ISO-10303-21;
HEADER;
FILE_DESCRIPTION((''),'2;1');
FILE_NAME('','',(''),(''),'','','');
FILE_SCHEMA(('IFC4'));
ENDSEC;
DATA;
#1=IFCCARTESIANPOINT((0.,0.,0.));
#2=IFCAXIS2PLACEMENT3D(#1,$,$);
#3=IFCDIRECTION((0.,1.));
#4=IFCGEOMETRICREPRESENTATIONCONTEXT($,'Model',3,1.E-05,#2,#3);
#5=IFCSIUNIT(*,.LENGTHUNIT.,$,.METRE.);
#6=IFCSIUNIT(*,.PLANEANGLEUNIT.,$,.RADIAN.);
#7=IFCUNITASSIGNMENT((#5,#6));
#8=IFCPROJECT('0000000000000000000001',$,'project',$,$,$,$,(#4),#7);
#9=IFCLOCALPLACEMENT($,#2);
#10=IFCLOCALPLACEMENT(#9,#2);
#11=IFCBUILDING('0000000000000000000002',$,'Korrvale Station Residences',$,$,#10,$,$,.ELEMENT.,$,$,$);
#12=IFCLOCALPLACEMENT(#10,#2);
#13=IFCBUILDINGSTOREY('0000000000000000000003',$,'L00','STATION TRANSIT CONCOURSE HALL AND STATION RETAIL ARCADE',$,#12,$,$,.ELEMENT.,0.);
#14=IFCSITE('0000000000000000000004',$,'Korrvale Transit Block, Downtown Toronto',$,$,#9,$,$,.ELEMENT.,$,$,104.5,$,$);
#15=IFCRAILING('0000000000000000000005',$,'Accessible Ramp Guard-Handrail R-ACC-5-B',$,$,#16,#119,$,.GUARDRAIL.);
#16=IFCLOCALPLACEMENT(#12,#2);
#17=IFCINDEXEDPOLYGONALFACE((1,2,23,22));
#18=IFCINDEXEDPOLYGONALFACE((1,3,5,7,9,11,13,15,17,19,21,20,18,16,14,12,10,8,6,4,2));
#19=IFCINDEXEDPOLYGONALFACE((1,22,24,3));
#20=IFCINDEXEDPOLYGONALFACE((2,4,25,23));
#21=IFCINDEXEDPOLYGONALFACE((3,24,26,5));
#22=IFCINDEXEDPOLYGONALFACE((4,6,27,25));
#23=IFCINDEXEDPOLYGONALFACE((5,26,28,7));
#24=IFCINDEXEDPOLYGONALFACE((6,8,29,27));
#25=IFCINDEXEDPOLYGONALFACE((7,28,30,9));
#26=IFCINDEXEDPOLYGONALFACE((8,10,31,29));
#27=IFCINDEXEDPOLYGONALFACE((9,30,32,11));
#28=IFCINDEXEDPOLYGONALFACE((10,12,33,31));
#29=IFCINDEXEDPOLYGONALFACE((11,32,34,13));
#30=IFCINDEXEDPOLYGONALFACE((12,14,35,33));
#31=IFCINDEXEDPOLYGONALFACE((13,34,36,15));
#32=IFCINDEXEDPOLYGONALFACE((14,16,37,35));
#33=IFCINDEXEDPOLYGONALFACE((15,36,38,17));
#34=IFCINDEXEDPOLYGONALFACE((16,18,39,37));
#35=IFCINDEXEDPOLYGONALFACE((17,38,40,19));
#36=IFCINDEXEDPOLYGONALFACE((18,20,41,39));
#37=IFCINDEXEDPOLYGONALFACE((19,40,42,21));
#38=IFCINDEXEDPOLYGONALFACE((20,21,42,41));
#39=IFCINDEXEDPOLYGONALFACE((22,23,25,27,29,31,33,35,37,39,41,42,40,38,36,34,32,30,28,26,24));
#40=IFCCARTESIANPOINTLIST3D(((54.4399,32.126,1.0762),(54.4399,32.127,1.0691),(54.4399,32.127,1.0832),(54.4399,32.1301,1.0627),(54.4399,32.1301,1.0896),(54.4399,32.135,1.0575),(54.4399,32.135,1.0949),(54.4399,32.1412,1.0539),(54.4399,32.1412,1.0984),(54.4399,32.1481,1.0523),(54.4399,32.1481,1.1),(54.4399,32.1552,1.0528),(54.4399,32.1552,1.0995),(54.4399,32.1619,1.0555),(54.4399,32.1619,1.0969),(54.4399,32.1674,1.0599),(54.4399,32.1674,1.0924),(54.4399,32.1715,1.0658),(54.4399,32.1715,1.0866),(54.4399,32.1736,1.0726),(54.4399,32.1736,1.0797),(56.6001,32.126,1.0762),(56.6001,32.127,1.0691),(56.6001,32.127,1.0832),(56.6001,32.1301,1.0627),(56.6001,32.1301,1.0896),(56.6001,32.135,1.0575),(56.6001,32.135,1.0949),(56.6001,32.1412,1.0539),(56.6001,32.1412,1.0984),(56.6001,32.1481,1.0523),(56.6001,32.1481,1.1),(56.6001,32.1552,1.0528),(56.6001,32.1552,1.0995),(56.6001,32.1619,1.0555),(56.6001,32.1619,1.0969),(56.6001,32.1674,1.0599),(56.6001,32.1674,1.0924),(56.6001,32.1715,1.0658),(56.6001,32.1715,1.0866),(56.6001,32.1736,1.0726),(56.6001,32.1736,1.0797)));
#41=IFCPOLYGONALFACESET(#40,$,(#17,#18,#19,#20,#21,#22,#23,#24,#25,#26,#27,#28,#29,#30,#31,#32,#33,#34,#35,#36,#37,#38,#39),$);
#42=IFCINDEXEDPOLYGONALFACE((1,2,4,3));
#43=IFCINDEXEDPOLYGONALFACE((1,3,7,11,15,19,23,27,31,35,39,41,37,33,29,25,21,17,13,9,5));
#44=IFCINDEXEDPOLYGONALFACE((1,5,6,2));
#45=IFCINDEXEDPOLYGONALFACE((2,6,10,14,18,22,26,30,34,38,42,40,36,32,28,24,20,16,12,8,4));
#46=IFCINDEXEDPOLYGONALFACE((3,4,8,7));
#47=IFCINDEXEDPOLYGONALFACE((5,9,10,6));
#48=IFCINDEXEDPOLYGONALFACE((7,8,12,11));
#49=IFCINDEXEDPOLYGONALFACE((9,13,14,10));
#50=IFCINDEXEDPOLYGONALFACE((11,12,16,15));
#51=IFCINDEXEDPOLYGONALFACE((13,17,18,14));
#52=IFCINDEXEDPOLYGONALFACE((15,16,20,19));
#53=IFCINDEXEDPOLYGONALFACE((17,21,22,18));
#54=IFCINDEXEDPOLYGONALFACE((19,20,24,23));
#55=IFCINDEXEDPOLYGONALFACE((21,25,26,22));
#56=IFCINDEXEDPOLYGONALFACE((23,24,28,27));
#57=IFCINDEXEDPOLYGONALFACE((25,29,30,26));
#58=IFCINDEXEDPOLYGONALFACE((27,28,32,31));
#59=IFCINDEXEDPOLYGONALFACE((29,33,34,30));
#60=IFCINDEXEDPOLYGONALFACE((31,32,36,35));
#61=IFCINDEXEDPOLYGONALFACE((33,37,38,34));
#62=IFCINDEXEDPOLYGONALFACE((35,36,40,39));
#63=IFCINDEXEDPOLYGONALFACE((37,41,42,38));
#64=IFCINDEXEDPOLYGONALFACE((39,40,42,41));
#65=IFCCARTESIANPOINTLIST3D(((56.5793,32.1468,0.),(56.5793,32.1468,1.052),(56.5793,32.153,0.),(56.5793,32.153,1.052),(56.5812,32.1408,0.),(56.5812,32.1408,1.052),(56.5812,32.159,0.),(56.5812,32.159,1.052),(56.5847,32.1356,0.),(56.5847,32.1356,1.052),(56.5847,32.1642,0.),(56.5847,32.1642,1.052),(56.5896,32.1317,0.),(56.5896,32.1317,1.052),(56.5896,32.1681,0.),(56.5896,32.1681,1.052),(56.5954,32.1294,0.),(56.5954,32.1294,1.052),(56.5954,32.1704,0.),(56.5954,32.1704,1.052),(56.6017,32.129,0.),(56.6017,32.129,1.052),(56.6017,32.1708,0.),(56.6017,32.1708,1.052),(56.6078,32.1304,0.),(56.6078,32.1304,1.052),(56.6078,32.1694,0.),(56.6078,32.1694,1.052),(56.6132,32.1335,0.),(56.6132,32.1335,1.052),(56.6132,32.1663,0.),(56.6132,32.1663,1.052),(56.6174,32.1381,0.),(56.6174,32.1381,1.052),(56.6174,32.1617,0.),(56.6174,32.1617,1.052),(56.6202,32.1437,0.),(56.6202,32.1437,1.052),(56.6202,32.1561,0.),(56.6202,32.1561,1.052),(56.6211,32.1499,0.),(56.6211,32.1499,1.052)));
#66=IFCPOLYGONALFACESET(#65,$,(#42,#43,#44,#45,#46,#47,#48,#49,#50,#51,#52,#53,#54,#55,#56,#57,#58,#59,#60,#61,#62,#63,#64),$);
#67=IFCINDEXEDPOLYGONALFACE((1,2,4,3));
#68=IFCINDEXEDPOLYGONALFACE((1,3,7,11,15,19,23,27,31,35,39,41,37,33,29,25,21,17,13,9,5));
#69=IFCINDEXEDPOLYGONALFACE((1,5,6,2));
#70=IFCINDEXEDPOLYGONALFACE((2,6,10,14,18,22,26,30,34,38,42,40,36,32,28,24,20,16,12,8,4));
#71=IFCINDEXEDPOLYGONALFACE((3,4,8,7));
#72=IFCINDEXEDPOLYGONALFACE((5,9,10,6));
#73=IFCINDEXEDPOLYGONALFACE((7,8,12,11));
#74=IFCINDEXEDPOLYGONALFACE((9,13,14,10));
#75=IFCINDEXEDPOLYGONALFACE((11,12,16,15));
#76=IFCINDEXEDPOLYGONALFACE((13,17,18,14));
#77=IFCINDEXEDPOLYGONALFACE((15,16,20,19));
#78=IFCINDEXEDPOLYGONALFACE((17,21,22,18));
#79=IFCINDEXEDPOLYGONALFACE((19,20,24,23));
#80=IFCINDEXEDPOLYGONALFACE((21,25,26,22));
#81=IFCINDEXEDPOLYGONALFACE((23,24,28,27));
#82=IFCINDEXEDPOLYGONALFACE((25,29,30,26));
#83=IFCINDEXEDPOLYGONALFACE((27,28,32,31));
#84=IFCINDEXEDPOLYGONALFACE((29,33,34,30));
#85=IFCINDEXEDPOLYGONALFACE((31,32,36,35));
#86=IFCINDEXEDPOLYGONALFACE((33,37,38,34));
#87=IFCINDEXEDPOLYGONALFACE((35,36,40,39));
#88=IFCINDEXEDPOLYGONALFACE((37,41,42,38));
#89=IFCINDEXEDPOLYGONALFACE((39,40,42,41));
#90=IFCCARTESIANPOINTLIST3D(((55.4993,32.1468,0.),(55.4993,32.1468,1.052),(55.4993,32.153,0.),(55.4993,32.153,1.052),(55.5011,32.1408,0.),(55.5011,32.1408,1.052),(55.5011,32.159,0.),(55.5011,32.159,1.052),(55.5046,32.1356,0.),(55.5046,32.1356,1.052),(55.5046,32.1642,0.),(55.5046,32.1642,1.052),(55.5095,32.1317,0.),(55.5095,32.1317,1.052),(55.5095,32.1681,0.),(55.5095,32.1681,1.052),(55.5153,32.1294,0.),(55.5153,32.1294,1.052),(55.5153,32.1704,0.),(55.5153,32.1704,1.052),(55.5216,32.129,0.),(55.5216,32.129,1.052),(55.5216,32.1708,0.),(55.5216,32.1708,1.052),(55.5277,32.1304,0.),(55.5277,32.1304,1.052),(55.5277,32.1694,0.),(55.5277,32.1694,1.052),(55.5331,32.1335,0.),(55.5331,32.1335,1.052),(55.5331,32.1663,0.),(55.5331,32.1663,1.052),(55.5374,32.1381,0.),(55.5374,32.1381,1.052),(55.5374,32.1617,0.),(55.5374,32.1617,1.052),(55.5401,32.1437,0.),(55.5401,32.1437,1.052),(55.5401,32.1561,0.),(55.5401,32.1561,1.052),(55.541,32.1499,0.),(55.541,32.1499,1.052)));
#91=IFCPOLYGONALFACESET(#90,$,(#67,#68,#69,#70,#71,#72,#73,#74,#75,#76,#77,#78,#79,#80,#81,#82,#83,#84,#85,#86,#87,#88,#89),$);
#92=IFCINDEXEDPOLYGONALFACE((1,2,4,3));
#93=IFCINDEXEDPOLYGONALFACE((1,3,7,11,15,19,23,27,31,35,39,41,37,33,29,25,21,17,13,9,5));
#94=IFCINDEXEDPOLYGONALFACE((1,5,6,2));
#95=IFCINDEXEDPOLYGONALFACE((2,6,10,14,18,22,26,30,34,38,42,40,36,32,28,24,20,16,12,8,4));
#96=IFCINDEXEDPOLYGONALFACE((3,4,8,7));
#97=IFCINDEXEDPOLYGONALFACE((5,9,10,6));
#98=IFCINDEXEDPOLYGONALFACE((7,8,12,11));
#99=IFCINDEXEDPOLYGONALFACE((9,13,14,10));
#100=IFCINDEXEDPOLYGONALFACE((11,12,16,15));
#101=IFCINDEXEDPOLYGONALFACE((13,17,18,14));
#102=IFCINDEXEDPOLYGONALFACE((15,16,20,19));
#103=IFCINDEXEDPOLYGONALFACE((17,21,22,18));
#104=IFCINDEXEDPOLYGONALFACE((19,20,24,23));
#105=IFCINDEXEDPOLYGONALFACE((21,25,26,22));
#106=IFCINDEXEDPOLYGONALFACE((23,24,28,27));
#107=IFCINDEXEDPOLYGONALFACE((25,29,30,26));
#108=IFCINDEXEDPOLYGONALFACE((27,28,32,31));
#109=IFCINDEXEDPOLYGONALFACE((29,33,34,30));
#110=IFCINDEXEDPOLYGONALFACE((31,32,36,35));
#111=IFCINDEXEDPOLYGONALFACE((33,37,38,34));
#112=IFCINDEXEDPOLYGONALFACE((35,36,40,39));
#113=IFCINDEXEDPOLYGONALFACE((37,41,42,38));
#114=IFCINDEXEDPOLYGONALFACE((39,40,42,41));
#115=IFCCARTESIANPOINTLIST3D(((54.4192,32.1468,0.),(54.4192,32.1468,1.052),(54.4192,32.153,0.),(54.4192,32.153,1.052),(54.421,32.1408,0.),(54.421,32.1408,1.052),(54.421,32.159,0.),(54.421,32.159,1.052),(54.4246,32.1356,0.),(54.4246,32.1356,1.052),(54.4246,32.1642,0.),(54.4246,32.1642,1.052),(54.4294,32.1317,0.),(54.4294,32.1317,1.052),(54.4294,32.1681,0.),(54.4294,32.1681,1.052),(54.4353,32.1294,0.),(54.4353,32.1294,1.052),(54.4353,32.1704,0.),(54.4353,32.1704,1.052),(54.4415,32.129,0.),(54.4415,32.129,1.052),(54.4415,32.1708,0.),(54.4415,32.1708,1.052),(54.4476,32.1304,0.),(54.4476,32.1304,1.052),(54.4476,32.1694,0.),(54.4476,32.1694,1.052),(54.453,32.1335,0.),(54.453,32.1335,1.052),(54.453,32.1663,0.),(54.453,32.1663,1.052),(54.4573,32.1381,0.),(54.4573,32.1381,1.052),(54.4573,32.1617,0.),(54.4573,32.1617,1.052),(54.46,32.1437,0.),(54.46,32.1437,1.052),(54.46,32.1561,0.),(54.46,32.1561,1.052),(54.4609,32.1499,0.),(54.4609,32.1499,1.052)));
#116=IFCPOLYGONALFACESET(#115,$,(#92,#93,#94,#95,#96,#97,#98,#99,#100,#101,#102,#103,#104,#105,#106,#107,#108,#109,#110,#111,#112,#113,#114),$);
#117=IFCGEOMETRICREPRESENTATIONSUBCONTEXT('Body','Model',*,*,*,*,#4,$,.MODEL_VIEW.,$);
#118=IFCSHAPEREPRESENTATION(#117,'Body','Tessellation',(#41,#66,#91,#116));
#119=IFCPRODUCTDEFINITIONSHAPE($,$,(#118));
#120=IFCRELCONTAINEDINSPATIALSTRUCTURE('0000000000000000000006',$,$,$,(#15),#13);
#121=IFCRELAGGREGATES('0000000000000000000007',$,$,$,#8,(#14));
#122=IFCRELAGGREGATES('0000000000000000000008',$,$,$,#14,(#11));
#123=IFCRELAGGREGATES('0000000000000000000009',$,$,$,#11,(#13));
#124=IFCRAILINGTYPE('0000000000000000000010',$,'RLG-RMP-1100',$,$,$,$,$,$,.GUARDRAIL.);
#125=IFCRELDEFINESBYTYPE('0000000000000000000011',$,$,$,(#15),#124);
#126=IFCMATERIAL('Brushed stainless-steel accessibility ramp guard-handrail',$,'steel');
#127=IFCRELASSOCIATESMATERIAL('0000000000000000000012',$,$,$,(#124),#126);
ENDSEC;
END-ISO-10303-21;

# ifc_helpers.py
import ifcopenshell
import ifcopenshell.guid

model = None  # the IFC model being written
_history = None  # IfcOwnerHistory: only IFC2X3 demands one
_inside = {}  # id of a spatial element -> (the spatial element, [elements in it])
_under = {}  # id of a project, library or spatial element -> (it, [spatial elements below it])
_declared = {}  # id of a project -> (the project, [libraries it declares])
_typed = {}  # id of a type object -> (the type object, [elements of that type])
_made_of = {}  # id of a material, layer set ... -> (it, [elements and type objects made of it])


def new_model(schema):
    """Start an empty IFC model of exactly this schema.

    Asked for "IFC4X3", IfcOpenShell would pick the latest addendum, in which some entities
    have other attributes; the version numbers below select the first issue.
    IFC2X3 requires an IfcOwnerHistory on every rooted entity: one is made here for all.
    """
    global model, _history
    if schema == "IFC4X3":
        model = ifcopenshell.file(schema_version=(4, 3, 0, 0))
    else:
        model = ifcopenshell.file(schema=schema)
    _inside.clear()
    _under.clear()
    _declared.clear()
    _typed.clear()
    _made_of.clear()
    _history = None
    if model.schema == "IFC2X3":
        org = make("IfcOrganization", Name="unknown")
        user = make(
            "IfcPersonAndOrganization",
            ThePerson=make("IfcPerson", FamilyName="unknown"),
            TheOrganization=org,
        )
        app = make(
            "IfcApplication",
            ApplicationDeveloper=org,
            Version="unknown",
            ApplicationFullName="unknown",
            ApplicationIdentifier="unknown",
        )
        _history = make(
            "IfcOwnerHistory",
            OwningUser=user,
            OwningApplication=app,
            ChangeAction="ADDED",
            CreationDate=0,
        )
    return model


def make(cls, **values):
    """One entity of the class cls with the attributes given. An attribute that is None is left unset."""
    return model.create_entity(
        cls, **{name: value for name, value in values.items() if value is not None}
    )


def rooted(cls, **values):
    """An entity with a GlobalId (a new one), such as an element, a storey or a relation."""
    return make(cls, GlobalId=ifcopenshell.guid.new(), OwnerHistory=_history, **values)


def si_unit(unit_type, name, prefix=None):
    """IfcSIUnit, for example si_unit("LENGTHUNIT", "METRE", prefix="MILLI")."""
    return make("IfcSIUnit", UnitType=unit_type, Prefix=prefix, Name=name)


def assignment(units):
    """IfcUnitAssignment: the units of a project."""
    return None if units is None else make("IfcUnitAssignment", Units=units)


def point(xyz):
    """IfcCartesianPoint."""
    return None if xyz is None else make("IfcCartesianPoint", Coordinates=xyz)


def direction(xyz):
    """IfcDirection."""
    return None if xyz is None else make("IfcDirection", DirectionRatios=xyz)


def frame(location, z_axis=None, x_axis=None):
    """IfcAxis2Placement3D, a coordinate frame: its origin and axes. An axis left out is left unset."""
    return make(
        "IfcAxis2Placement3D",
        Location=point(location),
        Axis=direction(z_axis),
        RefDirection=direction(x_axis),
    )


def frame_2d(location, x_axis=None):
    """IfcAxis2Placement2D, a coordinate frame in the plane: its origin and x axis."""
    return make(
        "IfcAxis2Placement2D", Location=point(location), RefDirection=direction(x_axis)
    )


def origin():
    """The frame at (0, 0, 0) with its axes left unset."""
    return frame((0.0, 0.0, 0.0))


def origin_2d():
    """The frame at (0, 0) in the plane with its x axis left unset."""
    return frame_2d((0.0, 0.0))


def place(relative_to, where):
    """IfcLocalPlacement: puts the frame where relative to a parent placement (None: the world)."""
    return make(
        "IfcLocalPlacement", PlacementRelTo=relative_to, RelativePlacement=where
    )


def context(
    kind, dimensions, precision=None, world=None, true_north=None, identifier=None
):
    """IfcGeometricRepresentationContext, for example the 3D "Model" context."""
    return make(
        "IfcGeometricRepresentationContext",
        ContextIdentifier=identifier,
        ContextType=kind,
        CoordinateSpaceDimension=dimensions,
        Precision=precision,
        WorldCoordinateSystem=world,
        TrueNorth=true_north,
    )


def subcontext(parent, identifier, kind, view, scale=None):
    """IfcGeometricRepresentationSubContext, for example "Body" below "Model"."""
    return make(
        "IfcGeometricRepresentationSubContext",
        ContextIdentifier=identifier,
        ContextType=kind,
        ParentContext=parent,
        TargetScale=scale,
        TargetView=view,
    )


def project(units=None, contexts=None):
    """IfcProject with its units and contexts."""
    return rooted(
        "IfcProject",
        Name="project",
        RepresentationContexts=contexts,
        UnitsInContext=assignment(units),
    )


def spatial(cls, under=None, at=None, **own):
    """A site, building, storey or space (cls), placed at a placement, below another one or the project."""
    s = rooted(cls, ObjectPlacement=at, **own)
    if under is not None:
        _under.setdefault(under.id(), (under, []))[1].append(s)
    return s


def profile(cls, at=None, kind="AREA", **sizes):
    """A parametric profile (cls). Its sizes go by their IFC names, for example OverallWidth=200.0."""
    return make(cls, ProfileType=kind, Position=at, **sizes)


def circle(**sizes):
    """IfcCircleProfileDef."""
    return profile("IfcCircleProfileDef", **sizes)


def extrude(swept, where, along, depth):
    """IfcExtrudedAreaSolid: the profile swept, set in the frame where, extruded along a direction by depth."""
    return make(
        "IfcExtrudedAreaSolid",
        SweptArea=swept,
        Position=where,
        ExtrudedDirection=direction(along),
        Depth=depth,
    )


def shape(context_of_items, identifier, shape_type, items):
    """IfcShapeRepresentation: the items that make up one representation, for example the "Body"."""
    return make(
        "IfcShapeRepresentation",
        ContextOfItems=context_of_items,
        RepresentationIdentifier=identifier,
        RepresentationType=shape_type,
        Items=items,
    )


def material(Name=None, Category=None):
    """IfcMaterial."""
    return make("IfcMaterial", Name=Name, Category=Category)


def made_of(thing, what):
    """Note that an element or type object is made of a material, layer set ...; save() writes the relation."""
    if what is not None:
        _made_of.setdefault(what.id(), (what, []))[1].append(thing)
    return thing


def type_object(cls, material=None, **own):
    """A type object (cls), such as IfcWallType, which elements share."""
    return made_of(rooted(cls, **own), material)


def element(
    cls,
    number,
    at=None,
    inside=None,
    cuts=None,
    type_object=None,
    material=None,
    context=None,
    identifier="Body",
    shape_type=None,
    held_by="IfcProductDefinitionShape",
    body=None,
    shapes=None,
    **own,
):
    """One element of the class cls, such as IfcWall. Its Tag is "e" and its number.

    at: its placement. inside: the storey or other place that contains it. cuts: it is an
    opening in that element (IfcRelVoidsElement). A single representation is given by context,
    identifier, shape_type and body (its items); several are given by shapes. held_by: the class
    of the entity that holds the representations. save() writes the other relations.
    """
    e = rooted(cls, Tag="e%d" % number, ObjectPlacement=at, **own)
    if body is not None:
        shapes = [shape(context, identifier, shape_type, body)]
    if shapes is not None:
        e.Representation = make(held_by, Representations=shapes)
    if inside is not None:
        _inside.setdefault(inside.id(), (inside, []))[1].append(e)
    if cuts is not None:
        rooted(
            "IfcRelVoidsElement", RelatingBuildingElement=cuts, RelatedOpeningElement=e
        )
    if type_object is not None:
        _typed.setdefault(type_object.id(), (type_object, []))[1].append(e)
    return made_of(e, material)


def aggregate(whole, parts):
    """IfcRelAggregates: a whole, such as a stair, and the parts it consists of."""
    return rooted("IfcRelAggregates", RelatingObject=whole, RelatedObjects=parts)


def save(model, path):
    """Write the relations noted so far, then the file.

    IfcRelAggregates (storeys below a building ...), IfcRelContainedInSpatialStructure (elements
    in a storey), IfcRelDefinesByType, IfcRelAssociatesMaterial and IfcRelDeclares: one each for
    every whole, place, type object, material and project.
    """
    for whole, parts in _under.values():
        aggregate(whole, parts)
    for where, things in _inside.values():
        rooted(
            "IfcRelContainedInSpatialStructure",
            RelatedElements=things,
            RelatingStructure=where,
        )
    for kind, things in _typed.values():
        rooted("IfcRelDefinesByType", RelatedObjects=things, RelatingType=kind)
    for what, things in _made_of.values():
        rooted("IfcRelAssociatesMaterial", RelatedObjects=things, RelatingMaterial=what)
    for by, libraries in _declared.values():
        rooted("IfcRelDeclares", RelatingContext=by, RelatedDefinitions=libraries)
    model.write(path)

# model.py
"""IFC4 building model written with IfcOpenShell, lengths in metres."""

from ifc_helpers import new_model, si_unit, direction, frame, origin, origin_2d, place, context, subcontext, project, spatial, circle, extrude, material, type_object, element, save


model = new_model("IFC4")

# Units and contexts
model_context = context("Model", 3, precision=1e-05, world=origin(), true_north=direction((0.0, 1.0)))
body_context = subcontext(model_context, "Body", "Model", "MODEL_VIEW")
ifc_project = project(units=[si_unit("LENGTHUNIT", "METRE"), si_unit("PLANEANGLEUNIT", "RADIAN")], contexts=[model_context])

# Site, building, storey
site_placement = place(None, origin())
site = spatial("IfcSite", under=ifc_project, at=site_placement, Name="Korrvale Transit Block, Downtown Toronto", CompositionType="ELEMENT", RefElevation=104.5)
building_placement = place(site_placement, origin())
building = spatial("IfcBuilding", under=site, at=building_placement, Name="Korrvale Station Residences", CompositionType="ELEMENT")
storey_placement = place(building_placement, origin())
storey = spatial("IfcBuildingStorey", under=building, at=storey_placement, Name="L00", Description="STATION TRANSIT CONCOURSE HALL AND STATION RETAIL ARCADE", CompositionType="ELEMENT", Elevation=0.0)

# Railing
ifc_material_1 = material(Name="Brushed stainless-steel accessibility ramp guard-handrail", Category="steel")
railing_type_1 = type_object("IfcRailingType", Name="RLG-RMP-1100", PredefinedType="GUARDRAIL", material=ifc_material_1)
for number, where, name in (
    (1, (56.6001, 32.1499, 0.0), "Accessible Ramp Guard-Handrail R-ACC-5-B"),
):
    element("IfcRailing", number, at=place(storey_placement, frame(where)), inside=storey, type_object=railing_type_1, Name=name, PredefinedType="GUARDRAIL", context=body_context, shape_type="SweptSolid", body=[
        extrude(circle(Radius=0.0239, at=origin_2d()), frame((0.0, 0.0, 1.0762), z_axis=(-1.0, 0.0, 0.0), x_axis=(0.0, -1.0, 0.0)), (0.0, 0.0, 1.0), 2.1602),
        extrude(circle(Radius=0.021, at=origin_2d()), origin(), (0.0, 0.0, 1.0), 1.052),
        extrude(circle(Radius=0.021, at=origin_2d()), frame((-1.0801, 0.0, 0.0)), (0.0, 0.0, 1.0), 1.052),
        extrude(circle(Radius=0.021, at=origin_2d()), frame((-2.1602, 0.0, 0.0)), (0.0, 0.0, 1.0), 1.052),
    ])

save(model, "model.ifc")
